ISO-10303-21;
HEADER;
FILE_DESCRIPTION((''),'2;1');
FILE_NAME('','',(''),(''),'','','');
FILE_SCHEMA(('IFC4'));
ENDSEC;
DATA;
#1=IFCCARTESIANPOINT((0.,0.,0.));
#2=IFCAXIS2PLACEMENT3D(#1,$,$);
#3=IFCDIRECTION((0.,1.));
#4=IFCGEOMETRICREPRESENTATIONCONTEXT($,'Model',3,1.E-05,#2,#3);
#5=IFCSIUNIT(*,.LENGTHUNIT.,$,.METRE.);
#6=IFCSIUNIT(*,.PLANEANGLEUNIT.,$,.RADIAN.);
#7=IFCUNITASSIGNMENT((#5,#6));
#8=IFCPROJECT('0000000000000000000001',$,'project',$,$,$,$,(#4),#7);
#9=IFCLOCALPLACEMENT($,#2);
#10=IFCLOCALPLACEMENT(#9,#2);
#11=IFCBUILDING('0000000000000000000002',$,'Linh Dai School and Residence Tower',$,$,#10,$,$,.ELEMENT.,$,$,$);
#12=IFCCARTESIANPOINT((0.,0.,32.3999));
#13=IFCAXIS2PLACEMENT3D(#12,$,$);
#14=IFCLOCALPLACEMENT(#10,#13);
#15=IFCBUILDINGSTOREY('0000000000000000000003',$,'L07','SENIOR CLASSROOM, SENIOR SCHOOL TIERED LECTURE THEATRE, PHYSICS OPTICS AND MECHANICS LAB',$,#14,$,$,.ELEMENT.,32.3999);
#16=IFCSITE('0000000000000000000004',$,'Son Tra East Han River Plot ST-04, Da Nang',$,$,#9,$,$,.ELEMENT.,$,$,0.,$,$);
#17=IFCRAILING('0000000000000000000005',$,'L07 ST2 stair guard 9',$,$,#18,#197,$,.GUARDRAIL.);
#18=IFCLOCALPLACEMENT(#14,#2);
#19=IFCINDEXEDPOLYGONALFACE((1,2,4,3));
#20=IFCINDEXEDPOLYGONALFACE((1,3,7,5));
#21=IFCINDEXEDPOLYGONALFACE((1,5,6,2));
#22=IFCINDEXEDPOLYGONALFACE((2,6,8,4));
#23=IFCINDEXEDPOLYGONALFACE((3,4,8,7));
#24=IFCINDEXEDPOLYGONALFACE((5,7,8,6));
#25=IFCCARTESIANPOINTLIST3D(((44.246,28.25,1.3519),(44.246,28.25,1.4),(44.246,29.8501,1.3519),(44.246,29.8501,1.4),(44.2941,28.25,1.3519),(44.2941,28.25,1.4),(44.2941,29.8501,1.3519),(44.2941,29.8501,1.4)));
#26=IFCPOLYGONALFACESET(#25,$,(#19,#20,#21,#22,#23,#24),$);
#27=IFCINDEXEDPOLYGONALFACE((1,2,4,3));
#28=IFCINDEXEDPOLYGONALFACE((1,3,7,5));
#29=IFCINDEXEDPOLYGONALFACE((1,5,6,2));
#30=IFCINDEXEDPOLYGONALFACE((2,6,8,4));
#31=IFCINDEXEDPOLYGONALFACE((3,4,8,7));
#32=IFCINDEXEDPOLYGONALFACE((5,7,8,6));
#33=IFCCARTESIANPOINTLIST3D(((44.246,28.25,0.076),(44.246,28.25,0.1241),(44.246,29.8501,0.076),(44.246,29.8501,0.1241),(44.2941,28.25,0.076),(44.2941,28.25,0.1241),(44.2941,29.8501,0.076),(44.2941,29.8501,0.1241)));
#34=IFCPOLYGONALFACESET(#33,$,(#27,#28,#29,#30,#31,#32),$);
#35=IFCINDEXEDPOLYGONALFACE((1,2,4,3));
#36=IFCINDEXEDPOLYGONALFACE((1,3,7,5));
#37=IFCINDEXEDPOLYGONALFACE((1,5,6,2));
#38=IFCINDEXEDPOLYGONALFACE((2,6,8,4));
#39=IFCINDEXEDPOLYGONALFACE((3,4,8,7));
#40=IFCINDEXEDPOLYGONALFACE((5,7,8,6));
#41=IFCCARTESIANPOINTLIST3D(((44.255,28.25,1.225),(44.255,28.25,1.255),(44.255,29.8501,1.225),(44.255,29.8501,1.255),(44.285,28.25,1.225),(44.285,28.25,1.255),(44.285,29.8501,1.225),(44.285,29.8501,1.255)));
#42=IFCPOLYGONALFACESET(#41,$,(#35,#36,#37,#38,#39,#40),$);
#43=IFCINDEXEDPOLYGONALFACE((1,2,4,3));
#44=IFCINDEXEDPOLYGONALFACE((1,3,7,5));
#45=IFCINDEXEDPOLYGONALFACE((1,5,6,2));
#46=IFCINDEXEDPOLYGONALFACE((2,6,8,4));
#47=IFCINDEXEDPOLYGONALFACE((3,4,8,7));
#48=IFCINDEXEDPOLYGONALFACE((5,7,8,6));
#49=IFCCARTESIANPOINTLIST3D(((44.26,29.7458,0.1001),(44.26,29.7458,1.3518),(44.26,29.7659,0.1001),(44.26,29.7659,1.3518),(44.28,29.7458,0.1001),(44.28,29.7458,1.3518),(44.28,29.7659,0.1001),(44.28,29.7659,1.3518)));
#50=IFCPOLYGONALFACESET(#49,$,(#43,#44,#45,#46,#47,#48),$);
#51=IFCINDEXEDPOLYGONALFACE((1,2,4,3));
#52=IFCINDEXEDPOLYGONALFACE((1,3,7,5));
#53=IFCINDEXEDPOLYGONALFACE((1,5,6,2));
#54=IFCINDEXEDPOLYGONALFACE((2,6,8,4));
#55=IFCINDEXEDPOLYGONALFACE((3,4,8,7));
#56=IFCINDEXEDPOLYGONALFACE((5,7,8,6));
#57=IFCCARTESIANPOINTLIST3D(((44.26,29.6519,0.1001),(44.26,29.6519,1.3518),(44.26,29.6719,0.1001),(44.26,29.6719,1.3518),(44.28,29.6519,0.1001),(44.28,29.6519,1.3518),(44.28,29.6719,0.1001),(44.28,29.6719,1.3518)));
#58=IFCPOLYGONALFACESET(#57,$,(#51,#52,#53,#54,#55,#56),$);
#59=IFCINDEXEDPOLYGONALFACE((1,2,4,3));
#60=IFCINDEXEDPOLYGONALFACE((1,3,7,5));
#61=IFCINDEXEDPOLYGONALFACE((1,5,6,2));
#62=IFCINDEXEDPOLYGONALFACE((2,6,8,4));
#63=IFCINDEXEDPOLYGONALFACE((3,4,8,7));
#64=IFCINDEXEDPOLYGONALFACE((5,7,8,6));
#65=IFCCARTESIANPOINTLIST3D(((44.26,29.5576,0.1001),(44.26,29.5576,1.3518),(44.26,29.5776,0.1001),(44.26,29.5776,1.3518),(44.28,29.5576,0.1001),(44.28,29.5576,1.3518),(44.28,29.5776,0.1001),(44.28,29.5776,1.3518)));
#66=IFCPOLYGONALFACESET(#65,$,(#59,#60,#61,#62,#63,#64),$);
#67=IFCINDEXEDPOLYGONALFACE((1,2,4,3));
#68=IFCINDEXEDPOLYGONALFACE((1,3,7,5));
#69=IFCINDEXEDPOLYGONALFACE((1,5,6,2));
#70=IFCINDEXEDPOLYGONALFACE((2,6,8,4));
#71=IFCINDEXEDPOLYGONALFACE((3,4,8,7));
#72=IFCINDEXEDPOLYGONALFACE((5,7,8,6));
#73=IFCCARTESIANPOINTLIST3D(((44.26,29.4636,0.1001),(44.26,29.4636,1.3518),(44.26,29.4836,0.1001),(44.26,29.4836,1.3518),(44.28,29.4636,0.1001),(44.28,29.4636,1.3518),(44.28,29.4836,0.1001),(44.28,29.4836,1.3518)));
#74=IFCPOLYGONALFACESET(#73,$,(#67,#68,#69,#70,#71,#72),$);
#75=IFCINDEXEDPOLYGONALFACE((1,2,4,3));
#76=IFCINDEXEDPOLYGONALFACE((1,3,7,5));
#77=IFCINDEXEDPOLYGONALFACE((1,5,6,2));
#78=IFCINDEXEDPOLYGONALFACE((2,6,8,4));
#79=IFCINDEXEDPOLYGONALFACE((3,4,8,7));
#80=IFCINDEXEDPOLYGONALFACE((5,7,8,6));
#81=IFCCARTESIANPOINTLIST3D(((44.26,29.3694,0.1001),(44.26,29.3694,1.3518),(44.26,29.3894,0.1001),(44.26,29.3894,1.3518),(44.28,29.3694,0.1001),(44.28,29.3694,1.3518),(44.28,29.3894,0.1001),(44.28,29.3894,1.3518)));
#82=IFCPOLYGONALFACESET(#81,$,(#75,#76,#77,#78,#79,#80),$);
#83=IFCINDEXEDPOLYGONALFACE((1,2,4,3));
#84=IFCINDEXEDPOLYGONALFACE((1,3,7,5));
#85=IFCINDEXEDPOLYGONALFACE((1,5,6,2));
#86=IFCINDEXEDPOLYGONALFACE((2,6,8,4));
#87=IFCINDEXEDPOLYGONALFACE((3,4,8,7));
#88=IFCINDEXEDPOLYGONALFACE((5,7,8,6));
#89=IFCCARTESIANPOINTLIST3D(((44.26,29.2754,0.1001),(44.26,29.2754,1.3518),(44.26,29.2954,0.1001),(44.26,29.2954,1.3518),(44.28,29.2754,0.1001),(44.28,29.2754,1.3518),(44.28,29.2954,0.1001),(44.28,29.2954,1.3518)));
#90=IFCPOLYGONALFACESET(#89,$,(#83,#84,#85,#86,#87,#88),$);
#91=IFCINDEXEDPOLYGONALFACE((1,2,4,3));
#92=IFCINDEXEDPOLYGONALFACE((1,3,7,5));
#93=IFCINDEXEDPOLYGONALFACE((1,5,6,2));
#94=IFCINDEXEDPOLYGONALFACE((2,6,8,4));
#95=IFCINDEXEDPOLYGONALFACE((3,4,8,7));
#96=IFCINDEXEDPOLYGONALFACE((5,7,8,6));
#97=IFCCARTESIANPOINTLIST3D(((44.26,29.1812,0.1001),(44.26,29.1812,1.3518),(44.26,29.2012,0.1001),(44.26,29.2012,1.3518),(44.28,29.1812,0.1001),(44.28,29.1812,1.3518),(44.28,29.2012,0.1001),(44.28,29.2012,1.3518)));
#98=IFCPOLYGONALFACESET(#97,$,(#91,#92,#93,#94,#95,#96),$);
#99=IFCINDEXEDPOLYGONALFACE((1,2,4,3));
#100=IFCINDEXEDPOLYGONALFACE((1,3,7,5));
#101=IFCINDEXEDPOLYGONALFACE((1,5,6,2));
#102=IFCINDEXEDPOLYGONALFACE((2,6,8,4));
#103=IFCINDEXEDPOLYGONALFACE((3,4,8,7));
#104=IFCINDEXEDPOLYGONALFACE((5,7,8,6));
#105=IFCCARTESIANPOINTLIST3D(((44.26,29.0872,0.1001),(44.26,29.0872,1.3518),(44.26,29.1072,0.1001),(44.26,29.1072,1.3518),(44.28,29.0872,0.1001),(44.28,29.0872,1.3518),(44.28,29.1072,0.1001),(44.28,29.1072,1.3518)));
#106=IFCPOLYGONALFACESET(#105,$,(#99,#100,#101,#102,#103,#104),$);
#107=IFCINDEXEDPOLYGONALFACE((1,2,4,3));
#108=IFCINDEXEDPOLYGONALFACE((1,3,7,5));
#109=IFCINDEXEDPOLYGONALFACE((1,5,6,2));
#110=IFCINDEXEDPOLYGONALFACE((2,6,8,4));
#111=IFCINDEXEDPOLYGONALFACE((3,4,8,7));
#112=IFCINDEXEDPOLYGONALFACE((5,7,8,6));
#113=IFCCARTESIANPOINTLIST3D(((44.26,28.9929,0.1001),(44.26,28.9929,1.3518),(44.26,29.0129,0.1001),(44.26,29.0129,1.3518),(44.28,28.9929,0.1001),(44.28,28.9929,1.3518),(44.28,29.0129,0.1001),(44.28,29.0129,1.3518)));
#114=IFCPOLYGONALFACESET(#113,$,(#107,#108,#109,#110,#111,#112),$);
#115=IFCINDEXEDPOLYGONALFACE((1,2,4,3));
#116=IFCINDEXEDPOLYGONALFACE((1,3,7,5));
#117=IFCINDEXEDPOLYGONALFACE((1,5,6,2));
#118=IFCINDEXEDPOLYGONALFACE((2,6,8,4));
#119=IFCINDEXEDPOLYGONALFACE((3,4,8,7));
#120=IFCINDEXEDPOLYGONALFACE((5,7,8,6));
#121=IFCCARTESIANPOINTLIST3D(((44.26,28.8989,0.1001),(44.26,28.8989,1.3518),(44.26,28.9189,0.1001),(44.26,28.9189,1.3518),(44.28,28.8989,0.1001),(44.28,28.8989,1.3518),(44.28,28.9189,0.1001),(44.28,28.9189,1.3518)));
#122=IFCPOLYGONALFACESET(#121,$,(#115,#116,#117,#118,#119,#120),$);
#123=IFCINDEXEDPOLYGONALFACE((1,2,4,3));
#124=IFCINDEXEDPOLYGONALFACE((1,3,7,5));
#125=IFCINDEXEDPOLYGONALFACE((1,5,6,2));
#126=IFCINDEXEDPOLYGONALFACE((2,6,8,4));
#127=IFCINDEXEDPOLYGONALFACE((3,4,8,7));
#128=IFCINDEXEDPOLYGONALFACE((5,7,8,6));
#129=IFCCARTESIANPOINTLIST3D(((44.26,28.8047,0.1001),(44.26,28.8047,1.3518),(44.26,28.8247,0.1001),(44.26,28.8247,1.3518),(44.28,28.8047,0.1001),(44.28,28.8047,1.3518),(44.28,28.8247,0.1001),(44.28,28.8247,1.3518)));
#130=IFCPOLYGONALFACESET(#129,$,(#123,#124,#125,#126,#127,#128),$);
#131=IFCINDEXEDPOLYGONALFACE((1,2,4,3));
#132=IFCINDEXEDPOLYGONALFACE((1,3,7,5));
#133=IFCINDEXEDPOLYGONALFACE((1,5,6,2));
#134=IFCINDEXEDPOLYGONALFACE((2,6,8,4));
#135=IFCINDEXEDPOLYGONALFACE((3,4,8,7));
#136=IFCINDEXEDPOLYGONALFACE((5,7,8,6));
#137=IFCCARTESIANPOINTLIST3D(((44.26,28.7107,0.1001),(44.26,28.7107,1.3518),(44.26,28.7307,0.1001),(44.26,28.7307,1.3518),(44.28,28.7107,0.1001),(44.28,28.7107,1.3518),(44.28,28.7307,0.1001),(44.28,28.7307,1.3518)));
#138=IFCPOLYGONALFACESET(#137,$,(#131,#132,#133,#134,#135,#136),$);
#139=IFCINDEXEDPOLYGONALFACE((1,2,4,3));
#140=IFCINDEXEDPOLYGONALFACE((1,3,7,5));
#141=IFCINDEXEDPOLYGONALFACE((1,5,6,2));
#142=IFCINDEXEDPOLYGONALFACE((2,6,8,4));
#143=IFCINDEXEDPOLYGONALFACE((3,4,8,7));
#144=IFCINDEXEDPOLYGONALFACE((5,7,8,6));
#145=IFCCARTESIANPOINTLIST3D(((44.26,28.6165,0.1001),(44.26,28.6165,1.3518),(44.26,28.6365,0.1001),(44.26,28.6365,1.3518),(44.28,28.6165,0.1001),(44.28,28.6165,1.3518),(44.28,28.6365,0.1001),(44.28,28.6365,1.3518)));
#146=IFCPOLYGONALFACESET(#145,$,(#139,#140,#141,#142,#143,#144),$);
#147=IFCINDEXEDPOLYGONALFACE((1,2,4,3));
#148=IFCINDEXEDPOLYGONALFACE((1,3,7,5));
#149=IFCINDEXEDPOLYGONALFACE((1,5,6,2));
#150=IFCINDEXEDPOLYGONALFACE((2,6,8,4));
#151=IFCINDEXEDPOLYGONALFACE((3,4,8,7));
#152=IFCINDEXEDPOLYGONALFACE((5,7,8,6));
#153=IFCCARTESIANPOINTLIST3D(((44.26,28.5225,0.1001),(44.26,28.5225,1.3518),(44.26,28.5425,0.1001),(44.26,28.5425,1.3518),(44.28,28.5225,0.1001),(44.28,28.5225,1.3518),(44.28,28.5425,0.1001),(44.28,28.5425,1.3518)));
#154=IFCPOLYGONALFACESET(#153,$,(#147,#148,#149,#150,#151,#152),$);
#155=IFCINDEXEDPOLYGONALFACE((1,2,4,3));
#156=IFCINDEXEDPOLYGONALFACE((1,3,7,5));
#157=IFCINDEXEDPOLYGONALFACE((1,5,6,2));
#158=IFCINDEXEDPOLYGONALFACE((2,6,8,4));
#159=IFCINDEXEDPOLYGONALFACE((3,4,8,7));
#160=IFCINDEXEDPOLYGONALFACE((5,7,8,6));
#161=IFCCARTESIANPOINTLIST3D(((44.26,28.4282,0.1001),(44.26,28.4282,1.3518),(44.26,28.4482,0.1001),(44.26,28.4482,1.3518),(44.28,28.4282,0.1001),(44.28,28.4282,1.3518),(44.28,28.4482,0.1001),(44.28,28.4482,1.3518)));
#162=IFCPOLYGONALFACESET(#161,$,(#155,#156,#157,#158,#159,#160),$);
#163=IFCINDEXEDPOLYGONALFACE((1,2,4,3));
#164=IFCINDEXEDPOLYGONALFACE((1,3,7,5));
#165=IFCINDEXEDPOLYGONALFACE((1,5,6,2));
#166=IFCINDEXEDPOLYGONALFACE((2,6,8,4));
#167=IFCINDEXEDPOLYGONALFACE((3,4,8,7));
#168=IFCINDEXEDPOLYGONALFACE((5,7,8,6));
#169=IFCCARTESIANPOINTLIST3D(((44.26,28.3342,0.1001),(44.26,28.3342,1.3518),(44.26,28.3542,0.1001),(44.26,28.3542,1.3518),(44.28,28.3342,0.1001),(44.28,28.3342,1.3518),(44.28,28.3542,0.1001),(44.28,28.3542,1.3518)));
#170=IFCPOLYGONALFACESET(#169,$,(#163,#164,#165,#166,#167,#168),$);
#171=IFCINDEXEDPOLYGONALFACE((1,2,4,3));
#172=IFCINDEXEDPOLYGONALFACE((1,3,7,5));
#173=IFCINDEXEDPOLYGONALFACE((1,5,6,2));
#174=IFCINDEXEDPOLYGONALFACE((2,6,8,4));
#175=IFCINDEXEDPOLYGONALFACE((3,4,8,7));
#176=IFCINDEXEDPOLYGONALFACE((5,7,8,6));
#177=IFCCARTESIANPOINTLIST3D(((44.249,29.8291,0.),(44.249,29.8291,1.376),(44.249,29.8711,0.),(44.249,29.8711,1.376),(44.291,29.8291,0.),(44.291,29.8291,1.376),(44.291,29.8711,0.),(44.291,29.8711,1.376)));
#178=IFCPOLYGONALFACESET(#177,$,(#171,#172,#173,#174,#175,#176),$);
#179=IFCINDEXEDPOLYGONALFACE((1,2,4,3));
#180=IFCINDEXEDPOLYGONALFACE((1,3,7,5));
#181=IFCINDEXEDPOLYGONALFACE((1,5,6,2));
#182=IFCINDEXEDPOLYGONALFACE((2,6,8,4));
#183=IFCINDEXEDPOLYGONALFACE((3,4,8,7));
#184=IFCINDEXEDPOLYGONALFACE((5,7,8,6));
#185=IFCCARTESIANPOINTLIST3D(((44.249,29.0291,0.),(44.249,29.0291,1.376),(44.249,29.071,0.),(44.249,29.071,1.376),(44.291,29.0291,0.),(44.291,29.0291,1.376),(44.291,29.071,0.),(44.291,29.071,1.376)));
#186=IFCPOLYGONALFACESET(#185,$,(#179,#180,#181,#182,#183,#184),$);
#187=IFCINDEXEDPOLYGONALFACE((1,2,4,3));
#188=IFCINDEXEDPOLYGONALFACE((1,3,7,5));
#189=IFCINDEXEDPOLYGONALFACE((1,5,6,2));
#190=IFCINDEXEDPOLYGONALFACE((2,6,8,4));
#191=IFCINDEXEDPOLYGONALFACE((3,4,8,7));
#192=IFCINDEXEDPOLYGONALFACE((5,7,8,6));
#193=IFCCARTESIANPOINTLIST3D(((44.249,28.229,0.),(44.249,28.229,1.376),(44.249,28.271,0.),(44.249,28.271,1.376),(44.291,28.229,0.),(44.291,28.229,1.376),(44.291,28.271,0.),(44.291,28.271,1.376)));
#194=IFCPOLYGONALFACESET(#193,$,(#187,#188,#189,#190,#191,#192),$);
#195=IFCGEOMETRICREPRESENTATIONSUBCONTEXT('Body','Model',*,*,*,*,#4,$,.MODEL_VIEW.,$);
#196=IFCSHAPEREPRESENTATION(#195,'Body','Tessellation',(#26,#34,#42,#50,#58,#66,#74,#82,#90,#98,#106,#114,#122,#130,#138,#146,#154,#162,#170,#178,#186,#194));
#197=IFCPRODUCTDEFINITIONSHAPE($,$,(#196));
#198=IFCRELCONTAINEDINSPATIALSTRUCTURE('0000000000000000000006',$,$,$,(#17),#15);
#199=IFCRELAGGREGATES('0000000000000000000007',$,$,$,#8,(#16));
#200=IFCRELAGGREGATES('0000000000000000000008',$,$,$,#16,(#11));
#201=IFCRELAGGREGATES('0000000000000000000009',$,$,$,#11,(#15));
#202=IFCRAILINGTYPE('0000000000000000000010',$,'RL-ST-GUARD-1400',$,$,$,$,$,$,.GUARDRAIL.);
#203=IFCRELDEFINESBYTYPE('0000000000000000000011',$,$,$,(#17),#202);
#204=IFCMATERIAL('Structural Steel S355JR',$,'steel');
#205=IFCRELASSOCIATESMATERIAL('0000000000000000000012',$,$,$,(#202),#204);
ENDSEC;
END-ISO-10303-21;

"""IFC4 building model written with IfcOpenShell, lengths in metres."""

from ifc_helpers import new_model, si_unit, direction, frame, origin, origin_2d, place, context, subcontext, project, spatial, rectangle, extrude, source, transform, mapped, material, type_object, element, save


model = new_model("IFC4")

# Units and contexts
model_context = context("Model", 3, precision=1e-05, world=origin(), true_north=direction((0.0, 1.0)))
body_context = subcontext(model_context, "Body", "Model", "MODEL_VIEW")
ifc_project = project(units=[si_unit("LENGTHUNIT", "METRE"), si_unit("PLANEANGLEUNIT", "RADIAN")], contexts=[model_context])

# Site, building, storey
site_placement = place(None, origin())
site = spatial("IfcSite", under=ifc_project, at=site_placement, Name="Son Tra East Han River Plot ST-04, Da Nang", CompositionType="ELEMENT", RefElevation=0.0)
building_placement = place(site_placement, origin())
building = spatial("IfcBuilding", under=site, at=building_placement, Name="Linh Dai School and Residence Tower", CompositionType="ELEMENT")
storey_placement = place(building_placement, frame((0.0, 0.0, 32.3999)))
storey = spatial("IfcBuildingStorey", under=building, at=storey_placement, Name="L07", Description="SENIOR CLASSROOM, SENIOR SCHOOL TIERED LECTURE THEATRE, PHYSICS OPTICS AND MECHANICS LAB", CompositionType="ELEMENT", Elevation=32.3999)

# Shared definitions
ifc_material_1 = material(Name="Structural Steel S355JR", Category="steel")

# Railing
railing_type_1 = type_object("IfcRailingType", Name="RL-ST-GUARD-1400", PredefinedType="GUARDRAIL", material=ifc_material_1)
shared_shape_1 = source(origin(), body_context, "Body", "SweptSolid", [
    extrude(rectangle(XDim=0.0481, YDim=0.0481, at=origin_2d()), frame((0.0, 0.0, 1.376), z_axis=(0.0, -1.0, 0.0), x_axis=(1.0, 0.0, 0.0)), (0.0, 0.0, 1.0), 1.6001),
    extrude(rectangle(XDim=0.0481, YDim=0.0481, at=origin_2d()), frame((0.0, 0.0, 0.1001), z_axis=(0.0, -1.0, 0.0), x_axis=(1.0, 0.0, 0.0)), (0.0, 0.0, 1.0), 1.6001),
    extrude(rectangle(XDim=0.03, YDim=0.03, at=origin_2d()), frame((0.0, 0.0, 1.24), z_axis=(0.0, -1.0, 0.0), x_axis=(1.0, 0.0, 0.0)), (0.0, 0.0, 1.0), 1.6001),
    extrude(rectangle(XDim=0.02, YDim=0.02, at=origin_2d()), frame((0.0, -0.0942, 0.1001)), (0.0, 0.0, 1.0), 1.2517),
    extrude(rectangle(XDim=0.02, YDim=0.02, at=origin_2d()), frame((0.0, -0.1882, 0.1001)), (0.0, 0.0, 1.0), 1.2517),
    extrude(rectangle(XDim=0.02, YDim=0.02, at=origin_2d()), frame((0.0, -0.2825, 0.1001)), (0.0, 0.0, 1.0), 1.2517),
    extrude(rectangle(XDim=0.02, YDim=0.02, at=origin_2d()), frame((0.0, -0.3765, 0.1001)), (0.0, 0.0, 1.0), 1.2517),
    extrude(rectangle(XDim=0.02, YDim=0.02, at=origin_2d()), frame((0.0, -0.4707, 0.1001)), (0.0, 0.0, 1.0), 1.2517),
    extrude(rectangle(XDim=0.02, YDim=0.02, at=origin_2d()), frame((0.0, -0.5647, 0.1001)), (0.0, 0.0, 1.0), 1.2517),
    extrude(rectangle(XDim=0.02, YDim=0.02, at=origin_2d()), frame((0.0, -0.6589, 0.1001)), (0.0, 0.0, 1.0), 1.2517),
    extrude(rectangle(XDim=0.02, YDim=0.02, at=origin_2d()), frame((0.0, -0.7529, 0.1001)), (0.0, 0.0, 1.0), 1.2517),
    extrude(rectangle(XDim=0.02, YDim=0.02, at=origin_2d()), frame((0.0, -0.8472, 0.1001)), (0.0, 0.0, 1.0), 1.2517),
    extrude(rectangle(XDim=0.02, YDim=0.02, at=origin_2d()), frame((0.0, -0.9412, 0.1001)), (0.0, 0.0, 1.0), 1.2517),
    extrude(rectangle(XDim=0.02, YDim=0.02, at=origin_2d()), frame((0.0, -1.0354, 0.1001)), (0.0, 0.0, 1.0), 1.2517),
    extrude(rectangle(XDim=0.02, YDim=0.02, at=origin_2d()), frame((0.0, -1.1294, 0.1001)), (0.0, 0.0, 1.0), 1.2517),
    extrude(rectangle(XDim=0.02, YDim=0.02, at=origin_2d()), frame((0.0, -1.2236, 0.1001)), (0.0, 0.0, 1.0), 1.2517),
    extrude(rectangle(XDim=0.02, YDim=0.02, at=origin_2d()), frame((0.0, -1.3176, 0.1001)), (0.0, 0.0, 1.0), 1.2517),
    extrude(rectangle(XDim=0.02, YDim=0.02, at=origin_2d()), frame((0.0, -1.4119, 0.1001)), (0.0, 0.0, 1.0), 1.2517),
    extrude(rectangle(XDim=0.02, YDim=0.02, at=origin_2d()), frame((0.0, -1.5059, 0.1001)), (0.0, 0.0, 1.0), 1.2517),
    extrude(rectangle(XDim=0.042, YDim=0.042, at=origin_2d()), origin(), (0.0, 0.0, 1.0), 1.376),
    extrude(rectangle(XDim=0.042, YDim=0.042, at=origin_2d()), frame((0.0, -0.8, 0.0)), (0.0, 0.0, 1.0), 1.376),
    extrude(rectangle(XDim=0.042, YDim=0.042, at=origin_2d()), frame((0.0, -1.6001, 0.0)), (0.0, 0.0, 1.0), 1.376),
])
for number, where, name in (
    (1, (44.27, 29.8501, 0.0), "L07 ST2 stair guard 9"),
):
    element("IfcRailing", number, at=place(storey_placement, frame(where)), inside=storey, type_object=railing_type_1, Name=name, PredefinedType="GUARDRAIL", context=body_context, shape_type="MappedRepresentation", body=[
        mapped(shared_shape_1, transform((0.0, 0.0, 0.0), x_axis=(1.0, 0.0, 0.0), y_axis=(0.0, 1.0, 0.0), z_axis=(0.0, 0.0, 1.0), scale=1.0)),
    ])

save(model, "model.ifc")
